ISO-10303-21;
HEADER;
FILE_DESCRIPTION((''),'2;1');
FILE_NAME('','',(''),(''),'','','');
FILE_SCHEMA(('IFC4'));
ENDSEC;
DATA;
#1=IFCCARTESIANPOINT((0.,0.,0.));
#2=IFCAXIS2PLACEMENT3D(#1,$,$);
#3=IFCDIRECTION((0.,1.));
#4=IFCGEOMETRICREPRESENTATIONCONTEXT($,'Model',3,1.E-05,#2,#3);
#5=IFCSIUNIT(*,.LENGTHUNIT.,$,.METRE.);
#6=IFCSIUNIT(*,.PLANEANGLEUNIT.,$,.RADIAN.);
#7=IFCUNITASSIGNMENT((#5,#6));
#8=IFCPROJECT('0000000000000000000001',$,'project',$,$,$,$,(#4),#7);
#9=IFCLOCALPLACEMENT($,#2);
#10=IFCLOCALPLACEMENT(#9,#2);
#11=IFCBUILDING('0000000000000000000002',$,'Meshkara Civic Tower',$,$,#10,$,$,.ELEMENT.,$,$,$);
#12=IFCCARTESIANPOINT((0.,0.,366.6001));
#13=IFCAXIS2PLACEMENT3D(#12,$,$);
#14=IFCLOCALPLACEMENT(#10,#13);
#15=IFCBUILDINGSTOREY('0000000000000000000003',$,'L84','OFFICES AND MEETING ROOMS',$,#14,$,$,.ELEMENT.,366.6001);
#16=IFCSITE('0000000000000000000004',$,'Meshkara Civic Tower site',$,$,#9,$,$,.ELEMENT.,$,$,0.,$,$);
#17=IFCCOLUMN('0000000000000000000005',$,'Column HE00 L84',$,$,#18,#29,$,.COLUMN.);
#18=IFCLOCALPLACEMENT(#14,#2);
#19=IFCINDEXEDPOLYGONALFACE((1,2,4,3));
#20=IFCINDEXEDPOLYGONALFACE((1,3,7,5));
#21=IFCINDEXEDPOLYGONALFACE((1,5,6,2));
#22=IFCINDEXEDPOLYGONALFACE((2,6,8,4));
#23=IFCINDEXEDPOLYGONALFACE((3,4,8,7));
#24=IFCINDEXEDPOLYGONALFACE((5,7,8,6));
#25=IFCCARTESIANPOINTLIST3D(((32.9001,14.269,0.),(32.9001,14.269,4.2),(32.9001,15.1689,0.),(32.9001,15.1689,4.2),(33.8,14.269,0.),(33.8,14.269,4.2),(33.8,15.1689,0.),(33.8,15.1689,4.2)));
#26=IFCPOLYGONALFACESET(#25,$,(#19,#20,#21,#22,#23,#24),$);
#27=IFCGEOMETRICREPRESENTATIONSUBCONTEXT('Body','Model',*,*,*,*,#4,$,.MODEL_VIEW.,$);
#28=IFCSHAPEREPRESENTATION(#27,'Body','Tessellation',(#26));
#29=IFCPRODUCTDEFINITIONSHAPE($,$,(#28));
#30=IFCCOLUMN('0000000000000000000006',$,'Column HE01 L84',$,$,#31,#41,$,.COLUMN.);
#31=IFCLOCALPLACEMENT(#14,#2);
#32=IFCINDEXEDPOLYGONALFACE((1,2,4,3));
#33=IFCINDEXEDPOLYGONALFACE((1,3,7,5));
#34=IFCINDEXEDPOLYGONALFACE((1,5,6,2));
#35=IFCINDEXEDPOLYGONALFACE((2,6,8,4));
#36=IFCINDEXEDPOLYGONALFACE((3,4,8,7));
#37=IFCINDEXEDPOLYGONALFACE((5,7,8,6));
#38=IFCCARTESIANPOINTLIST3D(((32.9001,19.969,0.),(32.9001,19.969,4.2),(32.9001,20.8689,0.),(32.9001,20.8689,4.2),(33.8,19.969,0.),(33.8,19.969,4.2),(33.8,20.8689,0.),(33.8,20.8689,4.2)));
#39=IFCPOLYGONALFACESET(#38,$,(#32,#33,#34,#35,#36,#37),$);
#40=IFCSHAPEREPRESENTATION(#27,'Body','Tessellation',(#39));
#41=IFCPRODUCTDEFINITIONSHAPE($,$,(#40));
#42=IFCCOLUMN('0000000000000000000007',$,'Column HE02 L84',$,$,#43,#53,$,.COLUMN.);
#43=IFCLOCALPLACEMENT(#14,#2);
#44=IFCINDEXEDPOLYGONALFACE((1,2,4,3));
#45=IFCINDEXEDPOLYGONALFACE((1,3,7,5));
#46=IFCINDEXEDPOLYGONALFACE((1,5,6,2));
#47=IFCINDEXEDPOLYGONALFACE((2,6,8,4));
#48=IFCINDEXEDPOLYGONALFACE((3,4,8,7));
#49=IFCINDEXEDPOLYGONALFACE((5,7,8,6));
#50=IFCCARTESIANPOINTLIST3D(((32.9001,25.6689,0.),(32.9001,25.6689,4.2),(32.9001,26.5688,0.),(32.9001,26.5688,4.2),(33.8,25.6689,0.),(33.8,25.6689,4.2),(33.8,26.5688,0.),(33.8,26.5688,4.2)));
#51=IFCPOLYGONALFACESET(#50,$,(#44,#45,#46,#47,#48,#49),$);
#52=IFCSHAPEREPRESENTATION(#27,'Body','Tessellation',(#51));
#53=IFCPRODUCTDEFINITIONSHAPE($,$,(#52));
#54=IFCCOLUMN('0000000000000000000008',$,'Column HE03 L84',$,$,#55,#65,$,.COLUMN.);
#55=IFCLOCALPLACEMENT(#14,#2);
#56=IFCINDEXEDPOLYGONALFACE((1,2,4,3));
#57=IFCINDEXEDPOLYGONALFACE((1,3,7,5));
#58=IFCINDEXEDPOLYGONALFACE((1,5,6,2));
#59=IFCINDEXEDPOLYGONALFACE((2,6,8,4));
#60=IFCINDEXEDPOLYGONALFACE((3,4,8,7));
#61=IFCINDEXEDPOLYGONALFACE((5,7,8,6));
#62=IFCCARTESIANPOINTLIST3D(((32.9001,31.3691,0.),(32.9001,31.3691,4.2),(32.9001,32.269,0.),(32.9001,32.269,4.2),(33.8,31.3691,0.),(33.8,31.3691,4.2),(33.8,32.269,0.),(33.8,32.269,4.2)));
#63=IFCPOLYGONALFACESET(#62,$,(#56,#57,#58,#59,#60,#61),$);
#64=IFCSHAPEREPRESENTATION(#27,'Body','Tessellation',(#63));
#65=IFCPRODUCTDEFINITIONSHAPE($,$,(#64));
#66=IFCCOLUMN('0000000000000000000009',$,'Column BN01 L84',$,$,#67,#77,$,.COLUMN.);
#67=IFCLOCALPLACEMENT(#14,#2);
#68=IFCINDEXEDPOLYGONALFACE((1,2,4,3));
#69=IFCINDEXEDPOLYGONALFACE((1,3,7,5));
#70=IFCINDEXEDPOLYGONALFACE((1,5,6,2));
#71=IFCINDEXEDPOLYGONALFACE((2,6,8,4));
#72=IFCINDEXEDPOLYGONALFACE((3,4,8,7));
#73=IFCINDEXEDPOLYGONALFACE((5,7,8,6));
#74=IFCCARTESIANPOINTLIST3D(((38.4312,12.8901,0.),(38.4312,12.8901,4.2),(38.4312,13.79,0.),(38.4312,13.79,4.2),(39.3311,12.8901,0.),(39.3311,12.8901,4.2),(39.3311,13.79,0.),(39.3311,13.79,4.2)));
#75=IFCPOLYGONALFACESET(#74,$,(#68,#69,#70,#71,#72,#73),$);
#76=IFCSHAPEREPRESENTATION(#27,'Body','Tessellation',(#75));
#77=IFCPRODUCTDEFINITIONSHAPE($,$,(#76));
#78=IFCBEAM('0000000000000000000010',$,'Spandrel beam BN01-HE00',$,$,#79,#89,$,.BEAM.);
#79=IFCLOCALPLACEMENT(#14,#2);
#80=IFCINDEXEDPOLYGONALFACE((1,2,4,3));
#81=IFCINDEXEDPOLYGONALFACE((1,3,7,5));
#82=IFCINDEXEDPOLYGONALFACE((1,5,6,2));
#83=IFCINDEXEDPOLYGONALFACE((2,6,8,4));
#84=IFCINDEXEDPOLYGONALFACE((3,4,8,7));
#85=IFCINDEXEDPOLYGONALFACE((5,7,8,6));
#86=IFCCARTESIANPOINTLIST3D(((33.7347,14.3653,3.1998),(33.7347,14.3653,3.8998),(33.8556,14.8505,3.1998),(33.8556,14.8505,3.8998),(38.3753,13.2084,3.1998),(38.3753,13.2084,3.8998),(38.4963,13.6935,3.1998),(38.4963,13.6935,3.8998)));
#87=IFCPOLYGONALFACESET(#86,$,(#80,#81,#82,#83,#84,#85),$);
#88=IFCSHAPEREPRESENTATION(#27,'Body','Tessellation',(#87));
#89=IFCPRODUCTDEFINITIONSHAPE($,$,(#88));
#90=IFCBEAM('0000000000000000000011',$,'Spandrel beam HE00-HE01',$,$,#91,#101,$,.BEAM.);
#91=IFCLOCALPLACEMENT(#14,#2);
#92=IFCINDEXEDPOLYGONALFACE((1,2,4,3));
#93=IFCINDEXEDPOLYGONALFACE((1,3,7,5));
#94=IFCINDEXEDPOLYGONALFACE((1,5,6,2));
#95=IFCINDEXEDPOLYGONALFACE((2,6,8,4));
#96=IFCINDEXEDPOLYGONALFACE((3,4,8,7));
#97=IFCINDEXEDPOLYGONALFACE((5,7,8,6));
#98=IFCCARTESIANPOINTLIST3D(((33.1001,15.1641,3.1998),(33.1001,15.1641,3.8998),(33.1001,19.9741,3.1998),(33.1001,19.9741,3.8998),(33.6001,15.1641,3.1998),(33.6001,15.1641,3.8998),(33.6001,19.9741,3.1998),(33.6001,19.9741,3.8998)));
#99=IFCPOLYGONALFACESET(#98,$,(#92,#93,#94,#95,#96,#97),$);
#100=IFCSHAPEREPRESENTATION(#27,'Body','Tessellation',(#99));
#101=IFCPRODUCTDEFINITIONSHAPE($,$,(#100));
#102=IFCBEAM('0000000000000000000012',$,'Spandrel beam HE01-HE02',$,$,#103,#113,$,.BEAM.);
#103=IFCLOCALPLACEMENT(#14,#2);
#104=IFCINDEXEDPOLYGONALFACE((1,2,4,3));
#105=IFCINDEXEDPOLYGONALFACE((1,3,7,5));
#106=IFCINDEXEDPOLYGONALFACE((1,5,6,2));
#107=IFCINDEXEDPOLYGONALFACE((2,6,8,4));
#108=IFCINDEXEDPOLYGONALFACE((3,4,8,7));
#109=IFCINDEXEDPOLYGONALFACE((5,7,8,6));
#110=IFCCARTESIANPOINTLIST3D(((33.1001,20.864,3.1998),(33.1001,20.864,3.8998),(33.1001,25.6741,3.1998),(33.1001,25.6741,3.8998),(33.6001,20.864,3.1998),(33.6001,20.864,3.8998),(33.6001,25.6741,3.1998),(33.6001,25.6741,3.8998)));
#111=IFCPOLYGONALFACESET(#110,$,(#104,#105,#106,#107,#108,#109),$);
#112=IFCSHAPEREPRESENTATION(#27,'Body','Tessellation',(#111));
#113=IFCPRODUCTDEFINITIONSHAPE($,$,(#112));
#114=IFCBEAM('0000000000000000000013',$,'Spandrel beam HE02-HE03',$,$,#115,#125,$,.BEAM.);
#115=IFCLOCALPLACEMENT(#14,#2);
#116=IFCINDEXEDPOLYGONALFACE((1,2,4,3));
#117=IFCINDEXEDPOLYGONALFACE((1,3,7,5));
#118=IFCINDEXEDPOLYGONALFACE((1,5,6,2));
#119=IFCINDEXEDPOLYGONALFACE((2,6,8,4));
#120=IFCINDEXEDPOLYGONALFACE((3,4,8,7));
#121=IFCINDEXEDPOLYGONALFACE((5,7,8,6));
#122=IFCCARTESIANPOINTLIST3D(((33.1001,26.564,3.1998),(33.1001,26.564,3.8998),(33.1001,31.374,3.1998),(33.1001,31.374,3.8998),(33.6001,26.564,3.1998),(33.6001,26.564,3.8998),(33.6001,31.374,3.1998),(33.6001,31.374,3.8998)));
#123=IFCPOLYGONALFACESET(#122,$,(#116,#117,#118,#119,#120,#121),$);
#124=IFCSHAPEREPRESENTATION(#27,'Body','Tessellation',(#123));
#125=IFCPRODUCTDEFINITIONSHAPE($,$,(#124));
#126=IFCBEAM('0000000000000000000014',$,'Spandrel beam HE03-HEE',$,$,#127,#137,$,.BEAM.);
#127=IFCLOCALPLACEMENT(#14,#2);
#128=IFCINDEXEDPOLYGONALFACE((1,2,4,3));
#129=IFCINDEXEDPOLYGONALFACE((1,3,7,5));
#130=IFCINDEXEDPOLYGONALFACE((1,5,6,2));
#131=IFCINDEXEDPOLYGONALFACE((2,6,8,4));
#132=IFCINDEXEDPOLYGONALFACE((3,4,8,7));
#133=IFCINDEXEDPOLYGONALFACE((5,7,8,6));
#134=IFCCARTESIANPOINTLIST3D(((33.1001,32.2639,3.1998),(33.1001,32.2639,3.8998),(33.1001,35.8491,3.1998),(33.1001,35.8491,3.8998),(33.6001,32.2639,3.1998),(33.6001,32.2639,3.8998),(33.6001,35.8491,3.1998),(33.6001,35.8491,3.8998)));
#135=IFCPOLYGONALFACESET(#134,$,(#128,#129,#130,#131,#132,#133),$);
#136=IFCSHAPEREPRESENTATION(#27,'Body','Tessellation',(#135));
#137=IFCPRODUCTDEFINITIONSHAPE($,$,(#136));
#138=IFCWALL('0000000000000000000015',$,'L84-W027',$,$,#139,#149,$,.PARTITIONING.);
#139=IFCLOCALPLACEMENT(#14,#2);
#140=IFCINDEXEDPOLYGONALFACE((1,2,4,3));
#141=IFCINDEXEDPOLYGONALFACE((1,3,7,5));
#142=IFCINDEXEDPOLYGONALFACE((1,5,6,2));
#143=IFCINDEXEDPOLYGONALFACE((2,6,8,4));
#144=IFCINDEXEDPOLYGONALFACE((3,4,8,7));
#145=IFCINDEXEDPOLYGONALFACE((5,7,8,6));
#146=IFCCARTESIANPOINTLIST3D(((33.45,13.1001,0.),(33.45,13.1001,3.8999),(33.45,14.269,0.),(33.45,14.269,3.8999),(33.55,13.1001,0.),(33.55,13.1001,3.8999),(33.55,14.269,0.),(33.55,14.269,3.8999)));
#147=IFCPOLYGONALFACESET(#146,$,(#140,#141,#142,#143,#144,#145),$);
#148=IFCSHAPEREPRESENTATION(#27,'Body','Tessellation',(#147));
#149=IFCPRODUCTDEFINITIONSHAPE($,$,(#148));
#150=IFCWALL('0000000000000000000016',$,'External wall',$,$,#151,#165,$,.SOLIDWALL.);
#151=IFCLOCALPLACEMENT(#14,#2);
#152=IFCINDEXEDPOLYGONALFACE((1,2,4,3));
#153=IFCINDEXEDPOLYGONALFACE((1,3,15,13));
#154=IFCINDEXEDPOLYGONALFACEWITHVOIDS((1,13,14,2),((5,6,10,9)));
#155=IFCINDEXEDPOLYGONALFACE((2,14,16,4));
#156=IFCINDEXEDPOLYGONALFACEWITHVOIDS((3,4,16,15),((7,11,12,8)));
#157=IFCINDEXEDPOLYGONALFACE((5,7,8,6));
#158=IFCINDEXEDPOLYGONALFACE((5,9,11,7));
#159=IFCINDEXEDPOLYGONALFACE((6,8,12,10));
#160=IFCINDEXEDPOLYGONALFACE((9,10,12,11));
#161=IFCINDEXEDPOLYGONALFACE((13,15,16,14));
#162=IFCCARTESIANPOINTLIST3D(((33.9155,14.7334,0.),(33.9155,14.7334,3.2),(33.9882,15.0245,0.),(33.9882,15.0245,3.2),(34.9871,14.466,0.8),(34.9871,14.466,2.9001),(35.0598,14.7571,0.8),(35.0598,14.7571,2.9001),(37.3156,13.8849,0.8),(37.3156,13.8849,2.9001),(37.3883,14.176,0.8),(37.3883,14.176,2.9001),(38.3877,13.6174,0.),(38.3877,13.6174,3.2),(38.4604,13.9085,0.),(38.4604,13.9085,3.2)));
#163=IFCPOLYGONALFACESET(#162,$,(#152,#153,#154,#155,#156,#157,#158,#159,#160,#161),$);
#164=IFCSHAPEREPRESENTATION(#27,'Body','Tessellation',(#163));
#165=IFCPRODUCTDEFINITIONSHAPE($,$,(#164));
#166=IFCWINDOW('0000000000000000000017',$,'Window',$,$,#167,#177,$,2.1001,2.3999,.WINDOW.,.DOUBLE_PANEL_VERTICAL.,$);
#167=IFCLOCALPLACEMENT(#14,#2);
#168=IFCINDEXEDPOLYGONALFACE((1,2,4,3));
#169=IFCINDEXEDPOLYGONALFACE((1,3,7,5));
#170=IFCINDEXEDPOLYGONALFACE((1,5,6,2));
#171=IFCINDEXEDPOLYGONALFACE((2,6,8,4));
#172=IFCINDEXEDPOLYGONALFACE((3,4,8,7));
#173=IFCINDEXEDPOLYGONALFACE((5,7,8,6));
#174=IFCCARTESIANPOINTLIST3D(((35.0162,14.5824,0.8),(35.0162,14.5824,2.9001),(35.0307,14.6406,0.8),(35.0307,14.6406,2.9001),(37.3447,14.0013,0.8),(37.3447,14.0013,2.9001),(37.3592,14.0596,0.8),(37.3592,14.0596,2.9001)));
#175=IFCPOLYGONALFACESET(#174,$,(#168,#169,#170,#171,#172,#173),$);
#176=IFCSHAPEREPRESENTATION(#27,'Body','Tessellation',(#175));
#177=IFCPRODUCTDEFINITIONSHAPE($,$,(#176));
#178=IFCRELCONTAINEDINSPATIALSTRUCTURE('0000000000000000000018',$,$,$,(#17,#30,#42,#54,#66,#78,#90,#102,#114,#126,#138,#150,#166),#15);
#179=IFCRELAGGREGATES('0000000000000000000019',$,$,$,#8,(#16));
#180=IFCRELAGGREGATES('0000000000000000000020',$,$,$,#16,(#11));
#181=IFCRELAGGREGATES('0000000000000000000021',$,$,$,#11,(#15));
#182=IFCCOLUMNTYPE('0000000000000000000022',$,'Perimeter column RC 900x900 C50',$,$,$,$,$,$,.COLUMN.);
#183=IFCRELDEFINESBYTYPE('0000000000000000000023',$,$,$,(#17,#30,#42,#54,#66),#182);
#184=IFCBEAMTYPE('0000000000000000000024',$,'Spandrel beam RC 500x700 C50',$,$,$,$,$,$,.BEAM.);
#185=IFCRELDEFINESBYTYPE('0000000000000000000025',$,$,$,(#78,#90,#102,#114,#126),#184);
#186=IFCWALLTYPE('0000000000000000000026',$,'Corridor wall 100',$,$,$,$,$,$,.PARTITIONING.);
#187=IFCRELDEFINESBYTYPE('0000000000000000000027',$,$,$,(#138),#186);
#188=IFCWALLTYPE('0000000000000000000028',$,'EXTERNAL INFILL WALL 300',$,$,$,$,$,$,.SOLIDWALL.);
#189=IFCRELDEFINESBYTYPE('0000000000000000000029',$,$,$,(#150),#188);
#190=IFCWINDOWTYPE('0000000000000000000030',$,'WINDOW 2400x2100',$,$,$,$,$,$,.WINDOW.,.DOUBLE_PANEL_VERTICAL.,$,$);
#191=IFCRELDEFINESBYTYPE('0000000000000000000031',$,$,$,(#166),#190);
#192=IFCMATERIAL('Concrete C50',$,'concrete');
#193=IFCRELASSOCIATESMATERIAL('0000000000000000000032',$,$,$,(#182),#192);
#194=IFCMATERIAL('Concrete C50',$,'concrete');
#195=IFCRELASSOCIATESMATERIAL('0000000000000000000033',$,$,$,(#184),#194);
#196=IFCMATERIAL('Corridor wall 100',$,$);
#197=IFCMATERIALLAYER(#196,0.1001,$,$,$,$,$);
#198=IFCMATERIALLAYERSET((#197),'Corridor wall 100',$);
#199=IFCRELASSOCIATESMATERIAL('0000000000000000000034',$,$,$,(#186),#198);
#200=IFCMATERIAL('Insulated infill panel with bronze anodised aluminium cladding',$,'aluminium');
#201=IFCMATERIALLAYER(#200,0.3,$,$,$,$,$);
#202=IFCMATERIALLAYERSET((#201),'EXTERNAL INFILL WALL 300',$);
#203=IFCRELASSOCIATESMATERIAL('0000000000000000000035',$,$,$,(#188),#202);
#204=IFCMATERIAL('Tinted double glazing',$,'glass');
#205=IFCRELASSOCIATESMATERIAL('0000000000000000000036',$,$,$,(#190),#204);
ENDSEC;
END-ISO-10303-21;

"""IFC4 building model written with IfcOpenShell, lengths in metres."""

from ifc_helpers import new_model, si_unit, direction, frame, frame_2d, origin, origin_2d, place, context, subcontext, project, spatial, rectangle, extrude, material, layer, layer_set, material_profile, profile_set, type_object, element, fill, save


model = new_model("IFC4")

# Units and contexts
model_context = context("Model", 3, precision=1e-05, world=origin(), true_north=direction((0.0, 1.0)))
body_context = subcontext(model_context, "Body", "Model", "MODEL_VIEW")
ifc_project = project(units=[si_unit("LENGTHUNIT", "METRE"), si_unit("PLANEANGLEUNIT", "RADIAN")], contexts=[model_context])

# Site, building, storey
site_placement = place(None, origin())
site = spatial("IfcSite", under=ifc_project, at=site_placement, Name="Meshkara Civic Tower site", CompositionType="ELEMENT", RefElevation=0.0)
building_placement = place(site_placement, origin())
building = spatial("IfcBuilding", under=site, at=building_placement, Name="Meshkara Civic Tower", CompositionType="ELEMENT")
storey_placement = place(building_placement, frame((0.0, 0.0, 366.6001)))
storey = spatial("IfcBuildingStorey", under=building, at=storey_placement, Name="L84", Description="OFFICES AND MEETING ROOMS", CompositionType="ELEMENT", Elevation=366.6001)

# Columns
ifc_material_1 = material(Name="Concrete C50", Category="concrete")
ifc_material_profile_1 = material_profile(ifc_material_1, rectangle(XDim=0.8999, YDim=0.8999, at=origin_2d()))
ifc_profile_set_1 = profile_set([ifc_material_profile_1], Name="Concrete C50")
column_type = type_object("IfcColumnType", Name="Perimeter column RC 900x900 C50", PredefinedType="COLUMN", material=ifc_profile_set_1)
for number, where, z_axis, x_axis, name in (
    (1, (33.3501, 14.719, 0.0), (0.0, 0.0, 1.0), (1.0, 0.0, 0.0), "Column HE00 L84"),
    (2, (33.3501, 20.4189, 0.0), (0.0, 0.0, 1.0), (1.0, 0.0, 0.0), "Column HE01 L84"),
    (3, (33.3501, 26.1189, 0.0), (0.0, 0.0, 1.0), (1.0, 0.0, 0.0), "Column HE02 L84"),
    (4, (33.3501, 31.8191, 0.0), (0.0, 0.0, 1.0), (1.0, 0.0, 0.0), "Column HE03 L84"),
    (5, (38.8811, 13.3401, 0.0), (0.0, 0.0, 1.0), (1.0, 0.0, 0.0), "Column BN01 L84"),
):
    element("IfcColumn", number, at=place(storey_placement, frame(where, z_axis=z_axis, x_axis=x_axis)), inside=storey, type_object=column_type, Name=name, PredefinedType="COLUMN", context=body_context, shape_type="SweptSolid", body=[
        extrude(rectangle(XDim=0.8999, YDim=0.8999, at=origin_2d()), origin(), (0.0, 0.0, 1.0), 4.2),
    ])

# Beams
ifc_material_2 = material(Name="Concrete C50", Category="concrete")
ifc_material_profile_2 = material_profile(ifc_material_2, rectangle(XDim=0.5, YDim=0.7, at=origin_2d()))
ifc_profile_set_2 = profile_set([ifc_material_profile_2], Name="Concrete C50")
beam_type = type_object("IfcBeamType", Name="Spandrel beam RC 500x700 C50", PredefinedType="BEAM", material=ifc_profile_set_2)
beam_1_placement = place(storey_placement, frame((38.4358, 13.4509, 3.5498), z_axis=(-0.970298, 0.241911, 0.0), x_axis=(-0.241911, -0.970298, 0.0)))
element("IfcBeam", 6, at=beam_1_placement, inside=storey, type_object=beam_type, Name="Spandrel beam BN01-HE00", PredefinedType="BEAM", context=body_context, shape_type="SweptSolid", body=[
    extrude(rectangle(XDim=0.5, YDim=0.7, at=origin_2d()), origin(), (0.0, 0.0, 1.0), 4.7827),
])
for number, where, z_axis, x_axis, name in (
    (7, (33.3501, 15.1641, 3.5498), (0.0, 1.0, 0.0), (-1.0, 0.0, 0.0), "Spandrel beam HE00-HE01"),
    (8, (33.3501, 20.864, 3.5498), (0.0, 1.0, 0.0), (-1.0, 0.0, 0.0), "Spandrel beam HE01-HE02"),
    (9, (33.3501, 26.564, 3.5498), (0.0, 1.0, 0.0), (-1.0, 0.0, 0.0), "Spandrel beam HE02-HE03"),
):
    element("IfcBeam", number, at=place(storey_placement, frame(where, z_axis=z_axis, x_axis=x_axis)), inside=storey, type_object=beam_type, Name=name, PredefinedType="BEAM", context=body_context, shape_type="SweptSolid", body=[
        extrude(rectangle(XDim=0.5, YDim=0.7, at=origin_2d()), origin(), (0.0, 0.0, 1.0), 4.8101),
    ])
beam_2_placement = place(storey_placement, frame((33.3501, 32.2639, 3.5498), z_axis=(0.0, 1.0, 0.0), x_axis=(-1.0, 0.0, 0.0)))
element("IfcBeam", 10, at=beam_2_placement, inside=storey, type_object=beam_type, Name="Spandrel beam HE03-HEE", PredefinedType="BEAM", context=body_context, shape_type="SweptSolid", body=[
    extrude(rectangle(XDim=0.5, YDim=0.7, at=origin_2d()), origin(), (0.0, 0.0, 1.0), 3.5852),
])

# Wall
ifc_material_3 = material(Name="Corridor wall 100")
ifc_layer_1 = layer(ifc_material_3, 0.1001)
ifc_layer_set_1 = layer_set([ifc_layer_1], Name="Corridor wall 100")
wall_type_1 = type_object("IfcWallType", Name="Corridor wall 100", PredefinedType="PARTITIONING", material=ifc_layer_set_1)
wall_1_placement = place(storey_placement, frame((33.5, 13.1001, 0.0), z_axis=(0.0, 0.0, 1.0), x_axis=(0.0, 1.0, 0.0)))
element("IfcWall", 11, at=wall_1_placement, inside=storey, type_object=wall_type_1, Name="L84-W027", PredefinedType="PARTITIONING", context=body_context, shape_type="SweptSolid", body=[
    extrude(rectangle(XDim=1.1689, YDim=0.1001, at=frame_2d((0.5845, 0.0))), origin(), (0.0, 0.0, 1.0), 3.8999),
])

# Wall, opening, window
ifc_material_4 = material(Name="Insulated infill panel with bronze anodised aluminium cladding", Category="aluminium")
ifc_layer_2 = layer(ifc_material_4, 0.3)
ifc_layer_set_2 = layer_set([ifc_layer_2], Name="EXTERNAL INFILL WALL 300")
wall_type_2 = type_object("IfcWallType", Name="EXTERNAL INFILL WALL 300", PredefinedType="SOLIDWALL", material=ifc_layer_set_2)
wall_2_placement = place(storey_placement, frame((38.4241, 13.7629, 0.0), z_axis=(0.0, 0.0, 1.0), x_axis=(-0.970248, 0.242112, 0.0)))
wall_2 = element("IfcWall", 12, at=wall_2_placement, inside=storey, type_object=wall_type_2, Name="External wall", PredefinedType="SOLIDWALL", context=body_context, shape_type="SweptSolid", body=[
    extrude(rectangle(XDim=4.6094, YDim=0.3, at=frame_2d((2.3047, 0.0))), origin(), (0.0, 0.0, 1.0), 3.2),
])
opening_1_placement = place(wall_2_placement, frame((1.105, 0.0, 0.8)))
opening_1 = element("IfcOpeningElement", 13, at=opening_1_placement, cuts=wall_2, PredefinedType="OPENING", context=body_context, shape_type="SweptSolid", body=[
    extrude(rectangle(XDim=2.3999, YDim=2.1001, at=frame_2d((1.2, 1.05))), frame((0.0, 0.1599, 0.0), z_axis=(0.0, -1.0, 0.0), x_axis=(1.0, 0.0, 0.0)), (0.0, 0.0, 1.0), 0.3201),
])
ifc_material_5 = material(Name="Tinted double glazing", Category="glass")
window_type = type_object("IfcWindowType", Name="WINDOW 2400x2100", PartitioningType="DOUBLE_PANEL_VERTICAL", PredefinedType="WINDOW", material=ifc_material_5)
window_1_placement = place(opening_1_placement, origin())
window_1 = element("IfcWindow", 14, at=window_1_placement, inside=storey, type_object=window_type, Name="Window", OverallHeight=2.1001, OverallWidth=2.3999, PartitioningType="DOUBLE_PANEL_VERTICAL", PredefinedType="WINDOW", context=body_context, shape_type="SweptSolid", body=[
    extrude(rectangle(XDim=2.3999, YDim=2.1001, at=frame_2d((1.2, 1.05))), frame((0.0, 0.03, 0.0), z_axis=(0.0, -1.0, 0.0), x_axis=(1.0, 0.0, 0.0)), (0.0, 0.0, 1.0), 0.0601),
])
fill(opening_1, window_1)

save(model, "model.ifc")
